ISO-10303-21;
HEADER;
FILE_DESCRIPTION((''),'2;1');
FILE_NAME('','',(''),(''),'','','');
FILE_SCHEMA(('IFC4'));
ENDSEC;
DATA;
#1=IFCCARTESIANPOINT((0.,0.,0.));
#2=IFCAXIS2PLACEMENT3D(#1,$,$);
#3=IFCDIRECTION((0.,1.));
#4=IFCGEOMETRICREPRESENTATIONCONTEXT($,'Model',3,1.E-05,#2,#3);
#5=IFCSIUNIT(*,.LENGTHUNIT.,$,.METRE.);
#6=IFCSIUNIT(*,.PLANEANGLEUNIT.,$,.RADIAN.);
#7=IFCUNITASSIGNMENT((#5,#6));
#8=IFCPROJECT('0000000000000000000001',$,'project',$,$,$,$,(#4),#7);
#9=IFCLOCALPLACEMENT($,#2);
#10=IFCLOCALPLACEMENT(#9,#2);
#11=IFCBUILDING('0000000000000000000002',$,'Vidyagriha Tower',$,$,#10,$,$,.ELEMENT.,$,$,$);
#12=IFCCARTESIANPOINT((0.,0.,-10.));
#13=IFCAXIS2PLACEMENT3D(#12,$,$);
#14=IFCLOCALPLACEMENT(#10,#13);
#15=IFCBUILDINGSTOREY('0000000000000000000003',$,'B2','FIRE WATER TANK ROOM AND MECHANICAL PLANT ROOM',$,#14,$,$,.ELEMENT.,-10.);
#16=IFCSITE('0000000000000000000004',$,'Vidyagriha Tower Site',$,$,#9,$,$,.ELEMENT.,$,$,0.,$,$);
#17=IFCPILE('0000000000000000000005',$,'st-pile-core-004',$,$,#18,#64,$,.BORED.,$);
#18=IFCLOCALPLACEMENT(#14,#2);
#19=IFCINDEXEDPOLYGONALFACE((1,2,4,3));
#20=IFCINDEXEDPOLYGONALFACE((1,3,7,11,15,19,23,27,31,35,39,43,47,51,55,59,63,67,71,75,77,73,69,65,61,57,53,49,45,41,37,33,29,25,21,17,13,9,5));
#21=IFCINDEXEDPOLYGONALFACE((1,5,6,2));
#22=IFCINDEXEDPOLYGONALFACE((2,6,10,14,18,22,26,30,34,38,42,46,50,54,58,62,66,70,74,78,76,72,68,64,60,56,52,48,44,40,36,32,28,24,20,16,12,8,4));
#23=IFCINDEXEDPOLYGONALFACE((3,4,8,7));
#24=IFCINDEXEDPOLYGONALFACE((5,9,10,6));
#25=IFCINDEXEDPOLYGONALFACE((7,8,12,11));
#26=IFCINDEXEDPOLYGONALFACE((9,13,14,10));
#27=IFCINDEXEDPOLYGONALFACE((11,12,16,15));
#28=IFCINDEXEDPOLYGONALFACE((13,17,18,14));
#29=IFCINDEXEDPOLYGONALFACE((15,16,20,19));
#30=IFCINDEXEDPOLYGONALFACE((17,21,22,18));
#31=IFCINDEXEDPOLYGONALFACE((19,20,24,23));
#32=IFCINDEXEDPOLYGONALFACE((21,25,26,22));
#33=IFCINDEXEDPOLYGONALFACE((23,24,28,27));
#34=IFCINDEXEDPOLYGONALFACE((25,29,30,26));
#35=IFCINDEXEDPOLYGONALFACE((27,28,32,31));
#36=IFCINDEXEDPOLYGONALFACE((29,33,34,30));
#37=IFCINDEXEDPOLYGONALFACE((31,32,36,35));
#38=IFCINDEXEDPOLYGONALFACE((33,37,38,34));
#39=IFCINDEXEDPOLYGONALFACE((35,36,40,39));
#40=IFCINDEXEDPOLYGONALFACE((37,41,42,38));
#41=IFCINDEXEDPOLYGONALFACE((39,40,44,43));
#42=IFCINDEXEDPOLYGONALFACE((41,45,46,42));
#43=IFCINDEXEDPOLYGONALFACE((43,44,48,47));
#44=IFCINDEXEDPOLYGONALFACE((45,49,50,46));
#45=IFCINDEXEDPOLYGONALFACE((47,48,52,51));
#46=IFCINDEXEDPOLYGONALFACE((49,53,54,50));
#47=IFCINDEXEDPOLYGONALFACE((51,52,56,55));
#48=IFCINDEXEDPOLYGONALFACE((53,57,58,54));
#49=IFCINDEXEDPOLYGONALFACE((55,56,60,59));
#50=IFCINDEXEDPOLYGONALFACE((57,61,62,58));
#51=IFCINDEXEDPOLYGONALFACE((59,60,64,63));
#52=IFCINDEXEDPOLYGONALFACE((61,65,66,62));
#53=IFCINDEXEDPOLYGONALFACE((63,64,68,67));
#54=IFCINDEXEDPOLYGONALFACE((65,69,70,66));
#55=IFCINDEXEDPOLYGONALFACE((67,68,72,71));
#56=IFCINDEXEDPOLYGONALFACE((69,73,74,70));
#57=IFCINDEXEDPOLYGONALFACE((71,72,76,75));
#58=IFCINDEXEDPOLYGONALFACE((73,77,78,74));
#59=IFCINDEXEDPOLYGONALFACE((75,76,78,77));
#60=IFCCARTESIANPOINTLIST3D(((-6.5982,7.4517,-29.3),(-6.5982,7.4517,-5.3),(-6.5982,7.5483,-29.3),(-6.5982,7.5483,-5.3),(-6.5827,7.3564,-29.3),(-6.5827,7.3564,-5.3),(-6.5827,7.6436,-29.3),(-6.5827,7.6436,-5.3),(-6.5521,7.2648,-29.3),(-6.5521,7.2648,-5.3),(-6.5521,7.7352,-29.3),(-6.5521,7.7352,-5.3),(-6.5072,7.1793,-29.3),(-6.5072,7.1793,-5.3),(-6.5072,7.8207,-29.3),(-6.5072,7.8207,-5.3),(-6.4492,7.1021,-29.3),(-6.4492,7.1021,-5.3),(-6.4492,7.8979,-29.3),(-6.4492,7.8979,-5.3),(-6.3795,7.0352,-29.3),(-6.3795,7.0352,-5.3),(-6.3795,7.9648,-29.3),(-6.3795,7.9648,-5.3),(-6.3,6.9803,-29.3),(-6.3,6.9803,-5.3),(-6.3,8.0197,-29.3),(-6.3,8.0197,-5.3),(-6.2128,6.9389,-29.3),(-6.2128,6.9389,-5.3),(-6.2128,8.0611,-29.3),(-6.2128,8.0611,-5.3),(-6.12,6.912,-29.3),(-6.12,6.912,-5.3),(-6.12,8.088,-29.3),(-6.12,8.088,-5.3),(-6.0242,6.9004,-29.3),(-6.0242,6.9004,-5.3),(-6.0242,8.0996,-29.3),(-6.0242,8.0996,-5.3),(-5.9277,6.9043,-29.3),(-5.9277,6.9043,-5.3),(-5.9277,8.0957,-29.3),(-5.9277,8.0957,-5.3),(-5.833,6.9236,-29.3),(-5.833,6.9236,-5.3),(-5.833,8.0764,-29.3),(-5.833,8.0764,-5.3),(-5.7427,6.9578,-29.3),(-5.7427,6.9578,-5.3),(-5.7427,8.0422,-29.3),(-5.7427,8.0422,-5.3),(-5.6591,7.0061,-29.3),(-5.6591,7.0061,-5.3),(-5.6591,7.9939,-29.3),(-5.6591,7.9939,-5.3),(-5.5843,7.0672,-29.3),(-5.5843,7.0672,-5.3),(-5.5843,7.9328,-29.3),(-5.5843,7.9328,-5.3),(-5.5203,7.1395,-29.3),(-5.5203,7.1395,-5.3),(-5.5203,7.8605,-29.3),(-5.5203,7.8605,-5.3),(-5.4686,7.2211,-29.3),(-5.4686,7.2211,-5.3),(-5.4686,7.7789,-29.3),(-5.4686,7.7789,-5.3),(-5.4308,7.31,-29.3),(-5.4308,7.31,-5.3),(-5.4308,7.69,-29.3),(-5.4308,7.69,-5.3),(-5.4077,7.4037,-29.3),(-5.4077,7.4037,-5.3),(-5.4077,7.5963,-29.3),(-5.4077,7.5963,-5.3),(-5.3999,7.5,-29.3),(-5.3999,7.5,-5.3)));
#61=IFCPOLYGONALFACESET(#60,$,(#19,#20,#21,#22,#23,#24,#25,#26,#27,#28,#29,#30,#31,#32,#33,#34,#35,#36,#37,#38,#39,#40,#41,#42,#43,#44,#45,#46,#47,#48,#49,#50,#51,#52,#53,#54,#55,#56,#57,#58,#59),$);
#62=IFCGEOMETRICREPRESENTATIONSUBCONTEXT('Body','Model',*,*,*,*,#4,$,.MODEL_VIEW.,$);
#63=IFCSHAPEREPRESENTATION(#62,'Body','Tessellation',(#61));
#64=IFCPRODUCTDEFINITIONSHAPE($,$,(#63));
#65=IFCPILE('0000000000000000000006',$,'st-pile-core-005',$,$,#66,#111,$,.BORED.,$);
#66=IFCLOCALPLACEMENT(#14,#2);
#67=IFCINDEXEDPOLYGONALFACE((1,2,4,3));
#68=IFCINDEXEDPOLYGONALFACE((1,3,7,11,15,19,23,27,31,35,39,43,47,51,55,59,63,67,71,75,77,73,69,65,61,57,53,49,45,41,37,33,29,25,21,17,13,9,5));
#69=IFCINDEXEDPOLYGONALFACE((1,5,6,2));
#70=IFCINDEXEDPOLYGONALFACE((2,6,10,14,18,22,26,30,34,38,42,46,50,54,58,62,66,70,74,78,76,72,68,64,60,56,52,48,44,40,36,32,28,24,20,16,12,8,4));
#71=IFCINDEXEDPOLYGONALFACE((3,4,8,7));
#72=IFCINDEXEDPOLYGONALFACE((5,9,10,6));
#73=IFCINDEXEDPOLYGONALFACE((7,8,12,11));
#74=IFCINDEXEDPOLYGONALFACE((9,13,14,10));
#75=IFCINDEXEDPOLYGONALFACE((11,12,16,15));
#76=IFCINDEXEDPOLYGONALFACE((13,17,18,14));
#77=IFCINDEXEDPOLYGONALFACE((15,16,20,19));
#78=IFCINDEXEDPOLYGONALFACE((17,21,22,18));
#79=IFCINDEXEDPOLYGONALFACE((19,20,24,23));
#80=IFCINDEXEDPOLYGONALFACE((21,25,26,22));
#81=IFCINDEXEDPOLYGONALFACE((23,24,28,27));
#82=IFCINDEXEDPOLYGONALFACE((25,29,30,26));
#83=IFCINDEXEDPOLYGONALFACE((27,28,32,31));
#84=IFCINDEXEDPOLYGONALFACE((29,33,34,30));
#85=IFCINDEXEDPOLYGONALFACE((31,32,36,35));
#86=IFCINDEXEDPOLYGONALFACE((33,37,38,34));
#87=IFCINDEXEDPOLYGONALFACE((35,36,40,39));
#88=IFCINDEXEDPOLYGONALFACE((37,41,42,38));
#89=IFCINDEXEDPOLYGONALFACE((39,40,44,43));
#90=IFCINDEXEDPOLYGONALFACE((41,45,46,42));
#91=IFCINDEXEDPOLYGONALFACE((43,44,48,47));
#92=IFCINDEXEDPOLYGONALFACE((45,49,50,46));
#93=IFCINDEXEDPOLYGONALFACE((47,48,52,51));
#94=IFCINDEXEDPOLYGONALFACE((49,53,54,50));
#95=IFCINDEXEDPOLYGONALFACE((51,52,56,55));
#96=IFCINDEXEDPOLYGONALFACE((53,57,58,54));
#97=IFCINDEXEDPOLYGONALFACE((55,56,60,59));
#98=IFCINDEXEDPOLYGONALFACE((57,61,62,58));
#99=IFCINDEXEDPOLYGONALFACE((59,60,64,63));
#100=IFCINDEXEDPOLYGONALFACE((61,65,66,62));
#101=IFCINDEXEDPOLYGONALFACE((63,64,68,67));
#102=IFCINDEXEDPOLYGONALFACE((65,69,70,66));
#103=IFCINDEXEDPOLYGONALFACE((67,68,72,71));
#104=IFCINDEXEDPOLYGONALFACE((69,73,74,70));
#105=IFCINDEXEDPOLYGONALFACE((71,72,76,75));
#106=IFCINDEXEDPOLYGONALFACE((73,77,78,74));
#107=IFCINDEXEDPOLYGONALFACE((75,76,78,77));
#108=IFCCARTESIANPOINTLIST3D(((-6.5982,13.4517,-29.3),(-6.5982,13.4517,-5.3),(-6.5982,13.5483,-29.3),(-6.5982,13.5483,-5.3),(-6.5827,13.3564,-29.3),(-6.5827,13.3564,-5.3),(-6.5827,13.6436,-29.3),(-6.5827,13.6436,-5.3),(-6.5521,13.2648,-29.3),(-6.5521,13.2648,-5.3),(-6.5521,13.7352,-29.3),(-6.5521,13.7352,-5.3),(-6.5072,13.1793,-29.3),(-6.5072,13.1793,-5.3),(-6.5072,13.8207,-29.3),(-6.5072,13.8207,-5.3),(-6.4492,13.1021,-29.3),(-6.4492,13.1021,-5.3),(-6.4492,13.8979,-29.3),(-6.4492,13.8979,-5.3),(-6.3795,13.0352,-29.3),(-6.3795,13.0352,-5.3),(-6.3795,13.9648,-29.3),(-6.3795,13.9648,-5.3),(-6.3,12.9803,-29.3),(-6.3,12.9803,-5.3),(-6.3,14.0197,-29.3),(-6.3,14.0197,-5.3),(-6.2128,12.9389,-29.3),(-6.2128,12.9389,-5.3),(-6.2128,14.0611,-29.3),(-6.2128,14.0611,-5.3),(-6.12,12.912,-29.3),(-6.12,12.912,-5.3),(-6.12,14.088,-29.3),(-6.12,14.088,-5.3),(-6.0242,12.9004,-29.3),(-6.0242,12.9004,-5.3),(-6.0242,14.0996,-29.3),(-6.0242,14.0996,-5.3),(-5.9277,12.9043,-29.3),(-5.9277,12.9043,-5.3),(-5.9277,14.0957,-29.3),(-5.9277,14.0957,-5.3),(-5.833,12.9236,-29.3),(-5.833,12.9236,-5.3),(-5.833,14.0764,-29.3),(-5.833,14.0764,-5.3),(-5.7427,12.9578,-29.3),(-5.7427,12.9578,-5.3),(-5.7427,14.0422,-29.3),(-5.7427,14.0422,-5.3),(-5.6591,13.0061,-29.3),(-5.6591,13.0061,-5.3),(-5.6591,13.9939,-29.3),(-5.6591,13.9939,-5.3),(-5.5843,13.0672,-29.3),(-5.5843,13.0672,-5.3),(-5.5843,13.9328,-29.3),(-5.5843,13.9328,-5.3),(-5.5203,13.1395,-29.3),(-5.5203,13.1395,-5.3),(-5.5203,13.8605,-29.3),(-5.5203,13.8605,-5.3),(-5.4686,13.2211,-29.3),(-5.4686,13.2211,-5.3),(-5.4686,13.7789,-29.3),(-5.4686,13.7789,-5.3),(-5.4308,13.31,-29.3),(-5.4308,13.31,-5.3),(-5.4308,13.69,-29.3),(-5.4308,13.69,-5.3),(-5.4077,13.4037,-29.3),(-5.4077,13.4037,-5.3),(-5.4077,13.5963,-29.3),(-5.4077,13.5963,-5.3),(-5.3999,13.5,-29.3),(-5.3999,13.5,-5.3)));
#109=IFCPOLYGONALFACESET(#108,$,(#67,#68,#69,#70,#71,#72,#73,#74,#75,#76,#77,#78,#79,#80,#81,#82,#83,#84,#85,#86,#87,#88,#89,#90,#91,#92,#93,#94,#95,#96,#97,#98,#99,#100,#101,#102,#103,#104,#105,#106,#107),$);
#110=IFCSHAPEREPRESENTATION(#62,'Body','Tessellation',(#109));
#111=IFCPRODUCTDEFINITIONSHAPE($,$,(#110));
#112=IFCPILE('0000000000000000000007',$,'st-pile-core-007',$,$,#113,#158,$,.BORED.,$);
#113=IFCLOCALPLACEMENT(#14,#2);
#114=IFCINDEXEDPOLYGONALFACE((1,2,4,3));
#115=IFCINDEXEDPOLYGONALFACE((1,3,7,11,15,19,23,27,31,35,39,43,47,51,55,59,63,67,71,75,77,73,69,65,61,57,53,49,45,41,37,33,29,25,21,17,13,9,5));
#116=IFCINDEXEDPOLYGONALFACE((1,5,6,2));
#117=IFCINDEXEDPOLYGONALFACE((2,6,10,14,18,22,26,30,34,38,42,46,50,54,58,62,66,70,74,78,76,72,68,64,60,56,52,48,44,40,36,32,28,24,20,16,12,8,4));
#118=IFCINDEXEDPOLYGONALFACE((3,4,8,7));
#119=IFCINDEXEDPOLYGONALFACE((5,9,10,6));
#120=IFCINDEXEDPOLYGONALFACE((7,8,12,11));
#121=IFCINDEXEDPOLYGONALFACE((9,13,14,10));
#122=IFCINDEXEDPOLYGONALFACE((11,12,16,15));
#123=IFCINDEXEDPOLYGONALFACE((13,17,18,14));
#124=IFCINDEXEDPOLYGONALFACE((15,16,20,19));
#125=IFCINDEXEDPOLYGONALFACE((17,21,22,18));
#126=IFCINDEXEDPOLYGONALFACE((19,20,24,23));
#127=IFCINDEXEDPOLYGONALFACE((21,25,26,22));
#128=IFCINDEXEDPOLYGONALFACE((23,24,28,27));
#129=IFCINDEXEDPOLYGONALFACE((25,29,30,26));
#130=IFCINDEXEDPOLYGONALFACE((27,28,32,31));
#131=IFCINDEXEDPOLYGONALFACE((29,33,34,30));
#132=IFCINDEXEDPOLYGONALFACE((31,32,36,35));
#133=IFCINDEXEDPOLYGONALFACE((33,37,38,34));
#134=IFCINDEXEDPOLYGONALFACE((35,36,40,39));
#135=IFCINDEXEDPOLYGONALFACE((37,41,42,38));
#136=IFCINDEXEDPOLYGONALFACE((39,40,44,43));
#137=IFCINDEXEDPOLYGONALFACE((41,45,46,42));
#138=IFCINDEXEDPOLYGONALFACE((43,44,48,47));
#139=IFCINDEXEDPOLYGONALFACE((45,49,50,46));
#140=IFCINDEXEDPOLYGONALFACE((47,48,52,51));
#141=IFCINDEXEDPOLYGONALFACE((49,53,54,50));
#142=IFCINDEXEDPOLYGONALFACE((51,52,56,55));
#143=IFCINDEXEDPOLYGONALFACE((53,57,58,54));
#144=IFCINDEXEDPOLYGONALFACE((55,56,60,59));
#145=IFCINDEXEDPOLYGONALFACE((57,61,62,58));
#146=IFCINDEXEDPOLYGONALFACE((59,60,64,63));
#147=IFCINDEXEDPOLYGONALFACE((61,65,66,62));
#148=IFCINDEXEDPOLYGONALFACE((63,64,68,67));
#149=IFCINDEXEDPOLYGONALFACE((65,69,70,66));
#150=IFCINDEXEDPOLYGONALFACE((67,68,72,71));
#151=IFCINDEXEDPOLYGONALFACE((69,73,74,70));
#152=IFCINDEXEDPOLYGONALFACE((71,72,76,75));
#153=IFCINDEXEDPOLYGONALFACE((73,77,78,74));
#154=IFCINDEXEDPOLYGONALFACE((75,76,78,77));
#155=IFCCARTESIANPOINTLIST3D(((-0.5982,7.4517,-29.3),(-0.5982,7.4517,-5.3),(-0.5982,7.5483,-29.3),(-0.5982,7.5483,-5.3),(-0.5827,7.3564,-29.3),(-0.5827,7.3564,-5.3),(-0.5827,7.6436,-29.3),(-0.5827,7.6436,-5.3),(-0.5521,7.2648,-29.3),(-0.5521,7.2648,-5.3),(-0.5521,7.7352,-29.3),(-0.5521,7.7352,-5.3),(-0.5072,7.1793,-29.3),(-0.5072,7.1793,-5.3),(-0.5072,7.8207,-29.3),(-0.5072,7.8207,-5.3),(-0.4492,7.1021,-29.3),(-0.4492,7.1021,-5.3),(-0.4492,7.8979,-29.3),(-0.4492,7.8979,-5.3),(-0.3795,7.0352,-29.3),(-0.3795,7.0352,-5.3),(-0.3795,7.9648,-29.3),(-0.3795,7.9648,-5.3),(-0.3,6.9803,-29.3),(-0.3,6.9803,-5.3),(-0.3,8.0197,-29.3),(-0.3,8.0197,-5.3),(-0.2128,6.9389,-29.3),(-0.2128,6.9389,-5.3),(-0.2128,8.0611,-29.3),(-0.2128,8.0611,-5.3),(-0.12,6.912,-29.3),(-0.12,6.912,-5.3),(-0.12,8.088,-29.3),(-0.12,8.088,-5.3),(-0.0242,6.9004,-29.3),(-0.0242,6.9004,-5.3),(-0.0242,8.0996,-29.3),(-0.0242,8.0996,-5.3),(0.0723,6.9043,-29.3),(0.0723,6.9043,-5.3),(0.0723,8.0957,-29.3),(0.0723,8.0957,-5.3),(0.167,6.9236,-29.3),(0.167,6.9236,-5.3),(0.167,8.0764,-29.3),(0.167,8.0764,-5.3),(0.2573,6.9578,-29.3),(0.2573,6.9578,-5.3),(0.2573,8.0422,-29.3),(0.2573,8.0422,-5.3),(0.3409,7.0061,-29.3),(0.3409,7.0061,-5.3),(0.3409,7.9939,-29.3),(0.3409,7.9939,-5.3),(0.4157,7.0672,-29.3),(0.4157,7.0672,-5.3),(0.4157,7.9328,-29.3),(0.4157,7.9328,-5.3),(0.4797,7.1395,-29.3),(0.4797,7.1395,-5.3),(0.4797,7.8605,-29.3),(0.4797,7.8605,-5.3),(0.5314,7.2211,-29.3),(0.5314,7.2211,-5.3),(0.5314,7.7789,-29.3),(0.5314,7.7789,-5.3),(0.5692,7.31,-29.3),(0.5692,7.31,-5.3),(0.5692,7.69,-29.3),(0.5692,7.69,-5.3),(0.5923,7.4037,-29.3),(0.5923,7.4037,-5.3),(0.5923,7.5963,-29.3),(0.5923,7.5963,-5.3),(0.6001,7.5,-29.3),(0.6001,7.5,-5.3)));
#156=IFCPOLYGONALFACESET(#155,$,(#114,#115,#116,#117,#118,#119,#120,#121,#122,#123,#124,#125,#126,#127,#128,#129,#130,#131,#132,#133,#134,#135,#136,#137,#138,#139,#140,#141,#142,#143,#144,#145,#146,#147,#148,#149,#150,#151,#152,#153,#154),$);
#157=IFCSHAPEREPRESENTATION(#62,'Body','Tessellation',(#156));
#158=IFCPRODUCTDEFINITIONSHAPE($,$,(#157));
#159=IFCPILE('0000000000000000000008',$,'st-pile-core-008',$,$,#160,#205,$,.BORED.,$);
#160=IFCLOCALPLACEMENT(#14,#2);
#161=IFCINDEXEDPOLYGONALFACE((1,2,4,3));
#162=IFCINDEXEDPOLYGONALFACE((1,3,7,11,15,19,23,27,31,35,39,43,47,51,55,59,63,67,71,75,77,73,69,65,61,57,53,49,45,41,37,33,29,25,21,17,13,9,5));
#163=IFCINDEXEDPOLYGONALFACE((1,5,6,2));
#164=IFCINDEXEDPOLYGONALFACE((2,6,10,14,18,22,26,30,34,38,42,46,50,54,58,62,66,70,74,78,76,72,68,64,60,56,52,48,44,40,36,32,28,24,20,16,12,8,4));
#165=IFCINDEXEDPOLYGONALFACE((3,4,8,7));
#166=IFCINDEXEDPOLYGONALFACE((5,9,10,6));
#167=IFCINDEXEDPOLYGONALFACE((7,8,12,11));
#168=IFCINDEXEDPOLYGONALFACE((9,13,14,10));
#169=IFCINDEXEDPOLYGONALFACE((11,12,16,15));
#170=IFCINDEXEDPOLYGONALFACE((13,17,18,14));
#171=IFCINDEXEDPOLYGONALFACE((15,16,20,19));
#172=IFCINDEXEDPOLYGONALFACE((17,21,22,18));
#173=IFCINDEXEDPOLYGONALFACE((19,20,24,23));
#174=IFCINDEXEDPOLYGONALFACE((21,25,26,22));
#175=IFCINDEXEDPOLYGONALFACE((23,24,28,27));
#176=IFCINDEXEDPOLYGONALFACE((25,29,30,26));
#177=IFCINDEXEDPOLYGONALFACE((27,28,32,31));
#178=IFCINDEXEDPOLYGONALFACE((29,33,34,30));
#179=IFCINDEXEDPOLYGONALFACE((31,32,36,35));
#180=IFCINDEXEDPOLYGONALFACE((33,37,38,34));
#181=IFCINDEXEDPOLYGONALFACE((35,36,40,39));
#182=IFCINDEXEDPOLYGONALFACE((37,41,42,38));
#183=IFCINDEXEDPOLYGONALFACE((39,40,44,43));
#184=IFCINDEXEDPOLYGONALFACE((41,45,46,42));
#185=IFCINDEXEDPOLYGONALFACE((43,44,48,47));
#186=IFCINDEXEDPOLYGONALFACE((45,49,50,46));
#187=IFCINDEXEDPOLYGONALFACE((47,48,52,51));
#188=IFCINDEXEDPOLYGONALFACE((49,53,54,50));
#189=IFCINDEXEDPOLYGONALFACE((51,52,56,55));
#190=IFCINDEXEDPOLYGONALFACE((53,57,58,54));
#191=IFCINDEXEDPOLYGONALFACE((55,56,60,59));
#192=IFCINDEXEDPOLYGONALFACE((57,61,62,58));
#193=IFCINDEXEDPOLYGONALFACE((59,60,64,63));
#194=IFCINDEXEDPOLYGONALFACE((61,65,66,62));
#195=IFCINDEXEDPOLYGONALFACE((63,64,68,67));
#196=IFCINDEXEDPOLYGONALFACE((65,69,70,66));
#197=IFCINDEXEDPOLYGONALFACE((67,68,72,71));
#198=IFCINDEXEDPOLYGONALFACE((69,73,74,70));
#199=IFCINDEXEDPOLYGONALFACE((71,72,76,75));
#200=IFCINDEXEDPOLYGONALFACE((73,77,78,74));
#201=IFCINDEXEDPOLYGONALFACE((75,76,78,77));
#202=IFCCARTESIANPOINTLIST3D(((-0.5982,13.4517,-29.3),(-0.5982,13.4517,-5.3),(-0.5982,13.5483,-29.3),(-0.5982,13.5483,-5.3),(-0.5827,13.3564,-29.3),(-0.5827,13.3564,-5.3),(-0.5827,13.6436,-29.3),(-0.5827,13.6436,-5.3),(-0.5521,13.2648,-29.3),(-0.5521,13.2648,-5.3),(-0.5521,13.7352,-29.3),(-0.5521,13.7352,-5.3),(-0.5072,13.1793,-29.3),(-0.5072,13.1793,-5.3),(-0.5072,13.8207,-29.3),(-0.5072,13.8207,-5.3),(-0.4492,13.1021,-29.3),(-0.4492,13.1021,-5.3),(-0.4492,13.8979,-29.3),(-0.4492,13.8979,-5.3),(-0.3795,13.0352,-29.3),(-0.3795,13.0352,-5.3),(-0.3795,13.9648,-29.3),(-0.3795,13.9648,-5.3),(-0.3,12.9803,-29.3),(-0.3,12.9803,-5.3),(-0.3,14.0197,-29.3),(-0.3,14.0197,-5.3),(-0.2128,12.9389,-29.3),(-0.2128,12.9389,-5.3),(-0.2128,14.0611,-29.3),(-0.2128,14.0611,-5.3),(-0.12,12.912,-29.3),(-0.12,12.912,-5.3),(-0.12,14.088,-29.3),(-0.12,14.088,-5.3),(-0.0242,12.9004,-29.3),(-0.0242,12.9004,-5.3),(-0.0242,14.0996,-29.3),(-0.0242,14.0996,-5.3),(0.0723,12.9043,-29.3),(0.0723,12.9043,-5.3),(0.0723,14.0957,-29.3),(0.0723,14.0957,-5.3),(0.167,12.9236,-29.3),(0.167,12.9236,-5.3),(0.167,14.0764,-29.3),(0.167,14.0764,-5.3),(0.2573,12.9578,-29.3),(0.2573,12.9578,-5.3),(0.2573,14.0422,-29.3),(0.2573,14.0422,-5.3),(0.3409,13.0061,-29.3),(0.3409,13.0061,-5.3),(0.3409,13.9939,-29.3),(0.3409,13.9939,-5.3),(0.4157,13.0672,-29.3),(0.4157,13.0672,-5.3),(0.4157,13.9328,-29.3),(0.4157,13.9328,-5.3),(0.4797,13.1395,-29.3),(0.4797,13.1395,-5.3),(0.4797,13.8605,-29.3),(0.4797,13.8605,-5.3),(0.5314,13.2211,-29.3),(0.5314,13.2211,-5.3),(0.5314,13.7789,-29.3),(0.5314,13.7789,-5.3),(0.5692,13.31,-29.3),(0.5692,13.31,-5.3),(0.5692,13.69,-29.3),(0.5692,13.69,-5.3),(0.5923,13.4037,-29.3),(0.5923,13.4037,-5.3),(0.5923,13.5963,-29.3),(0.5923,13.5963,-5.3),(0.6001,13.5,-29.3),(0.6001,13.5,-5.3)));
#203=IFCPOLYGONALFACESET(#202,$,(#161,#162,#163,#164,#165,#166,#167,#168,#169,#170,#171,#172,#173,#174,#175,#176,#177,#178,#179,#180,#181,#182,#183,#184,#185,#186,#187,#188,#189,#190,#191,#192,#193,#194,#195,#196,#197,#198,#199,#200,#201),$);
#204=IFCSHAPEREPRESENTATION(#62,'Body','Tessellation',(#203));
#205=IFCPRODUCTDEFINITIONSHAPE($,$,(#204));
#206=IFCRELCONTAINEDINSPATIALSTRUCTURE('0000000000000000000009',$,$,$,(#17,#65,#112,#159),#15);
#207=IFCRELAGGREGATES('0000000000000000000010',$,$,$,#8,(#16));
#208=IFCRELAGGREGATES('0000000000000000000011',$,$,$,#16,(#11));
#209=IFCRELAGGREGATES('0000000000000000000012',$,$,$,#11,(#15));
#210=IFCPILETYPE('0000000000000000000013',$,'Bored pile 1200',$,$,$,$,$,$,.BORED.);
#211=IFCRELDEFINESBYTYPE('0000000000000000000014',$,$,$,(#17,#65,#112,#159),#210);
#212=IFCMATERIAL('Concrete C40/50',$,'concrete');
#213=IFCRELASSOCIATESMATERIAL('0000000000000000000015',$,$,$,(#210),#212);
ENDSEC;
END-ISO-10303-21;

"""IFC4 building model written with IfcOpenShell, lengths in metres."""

from ifc_helpers import new_model, si_unit, direction, frame, origin, origin_2d, place, context, subcontext, project, spatial, circle, extrude, material, material_profile, profile_set, type_object, element, save


model = new_model("IFC4")

# Units and contexts
model_context = context("Model", 3, precision=1e-05, world=origin(), true_north=direction((0.0, 1.0)))
body_context = subcontext(model_context, "Body", "Model", "MODEL_VIEW")
ifc_project = project(units=[si_unit("LENGTHUNIT", "METRE"), si_unit("PLANEANGLEUNIT", "RADIAN")], contexts=[model_context])

# Site, building, storey
site_placement = place(None, origin())
site = spatial("IfcSite", under=ifc_project, at=site_placement, Name="Vidyagriha Tower Site", CompositionType="ELEMENT", RefElevation=0.0)
building_placement = place(site_placement, origin())
building = spatial("IfcBuilding", under=site, at=building_placement, Name="Vidyagriha Tower", CompositionType="ELEMENT")
storey_placement = place(building_placement, frame((0.0, 0.0, -10.0)))
storey = spatial("IfcBuildingStorey", under=building, at=storey_placement, Name="B2", Description="FIRE WATER TANK ROOM AND MECHANICAL PLANT ROOM", CompositionType="ELEMENT", Elevation=-10.0)

# Piles
ifc_material_1 = material(Name="Concrete C40/50", Category="concrete")
ifc_material_profile_1 = material_profile(ifc_material_1, circle(Radius=0.6001, at=origin_2d()), Name="Bored pile 1200")
ifc_profile_set_1 = profile_set([ifc_material_profile_1], Name="Concrete C40/50")
pile_type = type_object("IfcPileType", Name="Bored pile 1200", PredefinedType="BORED", material=ifc_profile_set_1)
for number, where, z_axis, x_axis, name in (
    (1, (-6.0, 7.5, -5.3), (0.0, 0.0, -1.0), (1.0, 0.0, 0.0), "st-pile-core-004"),
    (2, (-6.0, 13.5, -5.3), (0.0, 0.0, -1.0), (1.0, 0.0, 0.0), "st-pile-core-005"),
    (3, (0.0, 7.5, -5.3), (0.0, 0.0, -1.0), (1.0, 0.0, 0.0), "st-pile-core-007"),
    (4, (0.0, 13.5, -5.3), (0.0, 0.0, -1.0), (1.0, 0.0, 0.0), "st-pile-core-008"),
):
    element("IfcPile", number, at=place(storey_placement, frame(where, z_axis=z_axis, x_axis=x_axis)), inside=storey, type_object=pile_type, Name=name, PredefinedType="BORED", context=body_context, shape_type="SweptSolid", body=[
        extrude(circle(Radius=0.6001, at=origin_2d()), origin(), (0.0, 0.0, 1.0), 24.0),
    ])

save(model, "model.ifc")
